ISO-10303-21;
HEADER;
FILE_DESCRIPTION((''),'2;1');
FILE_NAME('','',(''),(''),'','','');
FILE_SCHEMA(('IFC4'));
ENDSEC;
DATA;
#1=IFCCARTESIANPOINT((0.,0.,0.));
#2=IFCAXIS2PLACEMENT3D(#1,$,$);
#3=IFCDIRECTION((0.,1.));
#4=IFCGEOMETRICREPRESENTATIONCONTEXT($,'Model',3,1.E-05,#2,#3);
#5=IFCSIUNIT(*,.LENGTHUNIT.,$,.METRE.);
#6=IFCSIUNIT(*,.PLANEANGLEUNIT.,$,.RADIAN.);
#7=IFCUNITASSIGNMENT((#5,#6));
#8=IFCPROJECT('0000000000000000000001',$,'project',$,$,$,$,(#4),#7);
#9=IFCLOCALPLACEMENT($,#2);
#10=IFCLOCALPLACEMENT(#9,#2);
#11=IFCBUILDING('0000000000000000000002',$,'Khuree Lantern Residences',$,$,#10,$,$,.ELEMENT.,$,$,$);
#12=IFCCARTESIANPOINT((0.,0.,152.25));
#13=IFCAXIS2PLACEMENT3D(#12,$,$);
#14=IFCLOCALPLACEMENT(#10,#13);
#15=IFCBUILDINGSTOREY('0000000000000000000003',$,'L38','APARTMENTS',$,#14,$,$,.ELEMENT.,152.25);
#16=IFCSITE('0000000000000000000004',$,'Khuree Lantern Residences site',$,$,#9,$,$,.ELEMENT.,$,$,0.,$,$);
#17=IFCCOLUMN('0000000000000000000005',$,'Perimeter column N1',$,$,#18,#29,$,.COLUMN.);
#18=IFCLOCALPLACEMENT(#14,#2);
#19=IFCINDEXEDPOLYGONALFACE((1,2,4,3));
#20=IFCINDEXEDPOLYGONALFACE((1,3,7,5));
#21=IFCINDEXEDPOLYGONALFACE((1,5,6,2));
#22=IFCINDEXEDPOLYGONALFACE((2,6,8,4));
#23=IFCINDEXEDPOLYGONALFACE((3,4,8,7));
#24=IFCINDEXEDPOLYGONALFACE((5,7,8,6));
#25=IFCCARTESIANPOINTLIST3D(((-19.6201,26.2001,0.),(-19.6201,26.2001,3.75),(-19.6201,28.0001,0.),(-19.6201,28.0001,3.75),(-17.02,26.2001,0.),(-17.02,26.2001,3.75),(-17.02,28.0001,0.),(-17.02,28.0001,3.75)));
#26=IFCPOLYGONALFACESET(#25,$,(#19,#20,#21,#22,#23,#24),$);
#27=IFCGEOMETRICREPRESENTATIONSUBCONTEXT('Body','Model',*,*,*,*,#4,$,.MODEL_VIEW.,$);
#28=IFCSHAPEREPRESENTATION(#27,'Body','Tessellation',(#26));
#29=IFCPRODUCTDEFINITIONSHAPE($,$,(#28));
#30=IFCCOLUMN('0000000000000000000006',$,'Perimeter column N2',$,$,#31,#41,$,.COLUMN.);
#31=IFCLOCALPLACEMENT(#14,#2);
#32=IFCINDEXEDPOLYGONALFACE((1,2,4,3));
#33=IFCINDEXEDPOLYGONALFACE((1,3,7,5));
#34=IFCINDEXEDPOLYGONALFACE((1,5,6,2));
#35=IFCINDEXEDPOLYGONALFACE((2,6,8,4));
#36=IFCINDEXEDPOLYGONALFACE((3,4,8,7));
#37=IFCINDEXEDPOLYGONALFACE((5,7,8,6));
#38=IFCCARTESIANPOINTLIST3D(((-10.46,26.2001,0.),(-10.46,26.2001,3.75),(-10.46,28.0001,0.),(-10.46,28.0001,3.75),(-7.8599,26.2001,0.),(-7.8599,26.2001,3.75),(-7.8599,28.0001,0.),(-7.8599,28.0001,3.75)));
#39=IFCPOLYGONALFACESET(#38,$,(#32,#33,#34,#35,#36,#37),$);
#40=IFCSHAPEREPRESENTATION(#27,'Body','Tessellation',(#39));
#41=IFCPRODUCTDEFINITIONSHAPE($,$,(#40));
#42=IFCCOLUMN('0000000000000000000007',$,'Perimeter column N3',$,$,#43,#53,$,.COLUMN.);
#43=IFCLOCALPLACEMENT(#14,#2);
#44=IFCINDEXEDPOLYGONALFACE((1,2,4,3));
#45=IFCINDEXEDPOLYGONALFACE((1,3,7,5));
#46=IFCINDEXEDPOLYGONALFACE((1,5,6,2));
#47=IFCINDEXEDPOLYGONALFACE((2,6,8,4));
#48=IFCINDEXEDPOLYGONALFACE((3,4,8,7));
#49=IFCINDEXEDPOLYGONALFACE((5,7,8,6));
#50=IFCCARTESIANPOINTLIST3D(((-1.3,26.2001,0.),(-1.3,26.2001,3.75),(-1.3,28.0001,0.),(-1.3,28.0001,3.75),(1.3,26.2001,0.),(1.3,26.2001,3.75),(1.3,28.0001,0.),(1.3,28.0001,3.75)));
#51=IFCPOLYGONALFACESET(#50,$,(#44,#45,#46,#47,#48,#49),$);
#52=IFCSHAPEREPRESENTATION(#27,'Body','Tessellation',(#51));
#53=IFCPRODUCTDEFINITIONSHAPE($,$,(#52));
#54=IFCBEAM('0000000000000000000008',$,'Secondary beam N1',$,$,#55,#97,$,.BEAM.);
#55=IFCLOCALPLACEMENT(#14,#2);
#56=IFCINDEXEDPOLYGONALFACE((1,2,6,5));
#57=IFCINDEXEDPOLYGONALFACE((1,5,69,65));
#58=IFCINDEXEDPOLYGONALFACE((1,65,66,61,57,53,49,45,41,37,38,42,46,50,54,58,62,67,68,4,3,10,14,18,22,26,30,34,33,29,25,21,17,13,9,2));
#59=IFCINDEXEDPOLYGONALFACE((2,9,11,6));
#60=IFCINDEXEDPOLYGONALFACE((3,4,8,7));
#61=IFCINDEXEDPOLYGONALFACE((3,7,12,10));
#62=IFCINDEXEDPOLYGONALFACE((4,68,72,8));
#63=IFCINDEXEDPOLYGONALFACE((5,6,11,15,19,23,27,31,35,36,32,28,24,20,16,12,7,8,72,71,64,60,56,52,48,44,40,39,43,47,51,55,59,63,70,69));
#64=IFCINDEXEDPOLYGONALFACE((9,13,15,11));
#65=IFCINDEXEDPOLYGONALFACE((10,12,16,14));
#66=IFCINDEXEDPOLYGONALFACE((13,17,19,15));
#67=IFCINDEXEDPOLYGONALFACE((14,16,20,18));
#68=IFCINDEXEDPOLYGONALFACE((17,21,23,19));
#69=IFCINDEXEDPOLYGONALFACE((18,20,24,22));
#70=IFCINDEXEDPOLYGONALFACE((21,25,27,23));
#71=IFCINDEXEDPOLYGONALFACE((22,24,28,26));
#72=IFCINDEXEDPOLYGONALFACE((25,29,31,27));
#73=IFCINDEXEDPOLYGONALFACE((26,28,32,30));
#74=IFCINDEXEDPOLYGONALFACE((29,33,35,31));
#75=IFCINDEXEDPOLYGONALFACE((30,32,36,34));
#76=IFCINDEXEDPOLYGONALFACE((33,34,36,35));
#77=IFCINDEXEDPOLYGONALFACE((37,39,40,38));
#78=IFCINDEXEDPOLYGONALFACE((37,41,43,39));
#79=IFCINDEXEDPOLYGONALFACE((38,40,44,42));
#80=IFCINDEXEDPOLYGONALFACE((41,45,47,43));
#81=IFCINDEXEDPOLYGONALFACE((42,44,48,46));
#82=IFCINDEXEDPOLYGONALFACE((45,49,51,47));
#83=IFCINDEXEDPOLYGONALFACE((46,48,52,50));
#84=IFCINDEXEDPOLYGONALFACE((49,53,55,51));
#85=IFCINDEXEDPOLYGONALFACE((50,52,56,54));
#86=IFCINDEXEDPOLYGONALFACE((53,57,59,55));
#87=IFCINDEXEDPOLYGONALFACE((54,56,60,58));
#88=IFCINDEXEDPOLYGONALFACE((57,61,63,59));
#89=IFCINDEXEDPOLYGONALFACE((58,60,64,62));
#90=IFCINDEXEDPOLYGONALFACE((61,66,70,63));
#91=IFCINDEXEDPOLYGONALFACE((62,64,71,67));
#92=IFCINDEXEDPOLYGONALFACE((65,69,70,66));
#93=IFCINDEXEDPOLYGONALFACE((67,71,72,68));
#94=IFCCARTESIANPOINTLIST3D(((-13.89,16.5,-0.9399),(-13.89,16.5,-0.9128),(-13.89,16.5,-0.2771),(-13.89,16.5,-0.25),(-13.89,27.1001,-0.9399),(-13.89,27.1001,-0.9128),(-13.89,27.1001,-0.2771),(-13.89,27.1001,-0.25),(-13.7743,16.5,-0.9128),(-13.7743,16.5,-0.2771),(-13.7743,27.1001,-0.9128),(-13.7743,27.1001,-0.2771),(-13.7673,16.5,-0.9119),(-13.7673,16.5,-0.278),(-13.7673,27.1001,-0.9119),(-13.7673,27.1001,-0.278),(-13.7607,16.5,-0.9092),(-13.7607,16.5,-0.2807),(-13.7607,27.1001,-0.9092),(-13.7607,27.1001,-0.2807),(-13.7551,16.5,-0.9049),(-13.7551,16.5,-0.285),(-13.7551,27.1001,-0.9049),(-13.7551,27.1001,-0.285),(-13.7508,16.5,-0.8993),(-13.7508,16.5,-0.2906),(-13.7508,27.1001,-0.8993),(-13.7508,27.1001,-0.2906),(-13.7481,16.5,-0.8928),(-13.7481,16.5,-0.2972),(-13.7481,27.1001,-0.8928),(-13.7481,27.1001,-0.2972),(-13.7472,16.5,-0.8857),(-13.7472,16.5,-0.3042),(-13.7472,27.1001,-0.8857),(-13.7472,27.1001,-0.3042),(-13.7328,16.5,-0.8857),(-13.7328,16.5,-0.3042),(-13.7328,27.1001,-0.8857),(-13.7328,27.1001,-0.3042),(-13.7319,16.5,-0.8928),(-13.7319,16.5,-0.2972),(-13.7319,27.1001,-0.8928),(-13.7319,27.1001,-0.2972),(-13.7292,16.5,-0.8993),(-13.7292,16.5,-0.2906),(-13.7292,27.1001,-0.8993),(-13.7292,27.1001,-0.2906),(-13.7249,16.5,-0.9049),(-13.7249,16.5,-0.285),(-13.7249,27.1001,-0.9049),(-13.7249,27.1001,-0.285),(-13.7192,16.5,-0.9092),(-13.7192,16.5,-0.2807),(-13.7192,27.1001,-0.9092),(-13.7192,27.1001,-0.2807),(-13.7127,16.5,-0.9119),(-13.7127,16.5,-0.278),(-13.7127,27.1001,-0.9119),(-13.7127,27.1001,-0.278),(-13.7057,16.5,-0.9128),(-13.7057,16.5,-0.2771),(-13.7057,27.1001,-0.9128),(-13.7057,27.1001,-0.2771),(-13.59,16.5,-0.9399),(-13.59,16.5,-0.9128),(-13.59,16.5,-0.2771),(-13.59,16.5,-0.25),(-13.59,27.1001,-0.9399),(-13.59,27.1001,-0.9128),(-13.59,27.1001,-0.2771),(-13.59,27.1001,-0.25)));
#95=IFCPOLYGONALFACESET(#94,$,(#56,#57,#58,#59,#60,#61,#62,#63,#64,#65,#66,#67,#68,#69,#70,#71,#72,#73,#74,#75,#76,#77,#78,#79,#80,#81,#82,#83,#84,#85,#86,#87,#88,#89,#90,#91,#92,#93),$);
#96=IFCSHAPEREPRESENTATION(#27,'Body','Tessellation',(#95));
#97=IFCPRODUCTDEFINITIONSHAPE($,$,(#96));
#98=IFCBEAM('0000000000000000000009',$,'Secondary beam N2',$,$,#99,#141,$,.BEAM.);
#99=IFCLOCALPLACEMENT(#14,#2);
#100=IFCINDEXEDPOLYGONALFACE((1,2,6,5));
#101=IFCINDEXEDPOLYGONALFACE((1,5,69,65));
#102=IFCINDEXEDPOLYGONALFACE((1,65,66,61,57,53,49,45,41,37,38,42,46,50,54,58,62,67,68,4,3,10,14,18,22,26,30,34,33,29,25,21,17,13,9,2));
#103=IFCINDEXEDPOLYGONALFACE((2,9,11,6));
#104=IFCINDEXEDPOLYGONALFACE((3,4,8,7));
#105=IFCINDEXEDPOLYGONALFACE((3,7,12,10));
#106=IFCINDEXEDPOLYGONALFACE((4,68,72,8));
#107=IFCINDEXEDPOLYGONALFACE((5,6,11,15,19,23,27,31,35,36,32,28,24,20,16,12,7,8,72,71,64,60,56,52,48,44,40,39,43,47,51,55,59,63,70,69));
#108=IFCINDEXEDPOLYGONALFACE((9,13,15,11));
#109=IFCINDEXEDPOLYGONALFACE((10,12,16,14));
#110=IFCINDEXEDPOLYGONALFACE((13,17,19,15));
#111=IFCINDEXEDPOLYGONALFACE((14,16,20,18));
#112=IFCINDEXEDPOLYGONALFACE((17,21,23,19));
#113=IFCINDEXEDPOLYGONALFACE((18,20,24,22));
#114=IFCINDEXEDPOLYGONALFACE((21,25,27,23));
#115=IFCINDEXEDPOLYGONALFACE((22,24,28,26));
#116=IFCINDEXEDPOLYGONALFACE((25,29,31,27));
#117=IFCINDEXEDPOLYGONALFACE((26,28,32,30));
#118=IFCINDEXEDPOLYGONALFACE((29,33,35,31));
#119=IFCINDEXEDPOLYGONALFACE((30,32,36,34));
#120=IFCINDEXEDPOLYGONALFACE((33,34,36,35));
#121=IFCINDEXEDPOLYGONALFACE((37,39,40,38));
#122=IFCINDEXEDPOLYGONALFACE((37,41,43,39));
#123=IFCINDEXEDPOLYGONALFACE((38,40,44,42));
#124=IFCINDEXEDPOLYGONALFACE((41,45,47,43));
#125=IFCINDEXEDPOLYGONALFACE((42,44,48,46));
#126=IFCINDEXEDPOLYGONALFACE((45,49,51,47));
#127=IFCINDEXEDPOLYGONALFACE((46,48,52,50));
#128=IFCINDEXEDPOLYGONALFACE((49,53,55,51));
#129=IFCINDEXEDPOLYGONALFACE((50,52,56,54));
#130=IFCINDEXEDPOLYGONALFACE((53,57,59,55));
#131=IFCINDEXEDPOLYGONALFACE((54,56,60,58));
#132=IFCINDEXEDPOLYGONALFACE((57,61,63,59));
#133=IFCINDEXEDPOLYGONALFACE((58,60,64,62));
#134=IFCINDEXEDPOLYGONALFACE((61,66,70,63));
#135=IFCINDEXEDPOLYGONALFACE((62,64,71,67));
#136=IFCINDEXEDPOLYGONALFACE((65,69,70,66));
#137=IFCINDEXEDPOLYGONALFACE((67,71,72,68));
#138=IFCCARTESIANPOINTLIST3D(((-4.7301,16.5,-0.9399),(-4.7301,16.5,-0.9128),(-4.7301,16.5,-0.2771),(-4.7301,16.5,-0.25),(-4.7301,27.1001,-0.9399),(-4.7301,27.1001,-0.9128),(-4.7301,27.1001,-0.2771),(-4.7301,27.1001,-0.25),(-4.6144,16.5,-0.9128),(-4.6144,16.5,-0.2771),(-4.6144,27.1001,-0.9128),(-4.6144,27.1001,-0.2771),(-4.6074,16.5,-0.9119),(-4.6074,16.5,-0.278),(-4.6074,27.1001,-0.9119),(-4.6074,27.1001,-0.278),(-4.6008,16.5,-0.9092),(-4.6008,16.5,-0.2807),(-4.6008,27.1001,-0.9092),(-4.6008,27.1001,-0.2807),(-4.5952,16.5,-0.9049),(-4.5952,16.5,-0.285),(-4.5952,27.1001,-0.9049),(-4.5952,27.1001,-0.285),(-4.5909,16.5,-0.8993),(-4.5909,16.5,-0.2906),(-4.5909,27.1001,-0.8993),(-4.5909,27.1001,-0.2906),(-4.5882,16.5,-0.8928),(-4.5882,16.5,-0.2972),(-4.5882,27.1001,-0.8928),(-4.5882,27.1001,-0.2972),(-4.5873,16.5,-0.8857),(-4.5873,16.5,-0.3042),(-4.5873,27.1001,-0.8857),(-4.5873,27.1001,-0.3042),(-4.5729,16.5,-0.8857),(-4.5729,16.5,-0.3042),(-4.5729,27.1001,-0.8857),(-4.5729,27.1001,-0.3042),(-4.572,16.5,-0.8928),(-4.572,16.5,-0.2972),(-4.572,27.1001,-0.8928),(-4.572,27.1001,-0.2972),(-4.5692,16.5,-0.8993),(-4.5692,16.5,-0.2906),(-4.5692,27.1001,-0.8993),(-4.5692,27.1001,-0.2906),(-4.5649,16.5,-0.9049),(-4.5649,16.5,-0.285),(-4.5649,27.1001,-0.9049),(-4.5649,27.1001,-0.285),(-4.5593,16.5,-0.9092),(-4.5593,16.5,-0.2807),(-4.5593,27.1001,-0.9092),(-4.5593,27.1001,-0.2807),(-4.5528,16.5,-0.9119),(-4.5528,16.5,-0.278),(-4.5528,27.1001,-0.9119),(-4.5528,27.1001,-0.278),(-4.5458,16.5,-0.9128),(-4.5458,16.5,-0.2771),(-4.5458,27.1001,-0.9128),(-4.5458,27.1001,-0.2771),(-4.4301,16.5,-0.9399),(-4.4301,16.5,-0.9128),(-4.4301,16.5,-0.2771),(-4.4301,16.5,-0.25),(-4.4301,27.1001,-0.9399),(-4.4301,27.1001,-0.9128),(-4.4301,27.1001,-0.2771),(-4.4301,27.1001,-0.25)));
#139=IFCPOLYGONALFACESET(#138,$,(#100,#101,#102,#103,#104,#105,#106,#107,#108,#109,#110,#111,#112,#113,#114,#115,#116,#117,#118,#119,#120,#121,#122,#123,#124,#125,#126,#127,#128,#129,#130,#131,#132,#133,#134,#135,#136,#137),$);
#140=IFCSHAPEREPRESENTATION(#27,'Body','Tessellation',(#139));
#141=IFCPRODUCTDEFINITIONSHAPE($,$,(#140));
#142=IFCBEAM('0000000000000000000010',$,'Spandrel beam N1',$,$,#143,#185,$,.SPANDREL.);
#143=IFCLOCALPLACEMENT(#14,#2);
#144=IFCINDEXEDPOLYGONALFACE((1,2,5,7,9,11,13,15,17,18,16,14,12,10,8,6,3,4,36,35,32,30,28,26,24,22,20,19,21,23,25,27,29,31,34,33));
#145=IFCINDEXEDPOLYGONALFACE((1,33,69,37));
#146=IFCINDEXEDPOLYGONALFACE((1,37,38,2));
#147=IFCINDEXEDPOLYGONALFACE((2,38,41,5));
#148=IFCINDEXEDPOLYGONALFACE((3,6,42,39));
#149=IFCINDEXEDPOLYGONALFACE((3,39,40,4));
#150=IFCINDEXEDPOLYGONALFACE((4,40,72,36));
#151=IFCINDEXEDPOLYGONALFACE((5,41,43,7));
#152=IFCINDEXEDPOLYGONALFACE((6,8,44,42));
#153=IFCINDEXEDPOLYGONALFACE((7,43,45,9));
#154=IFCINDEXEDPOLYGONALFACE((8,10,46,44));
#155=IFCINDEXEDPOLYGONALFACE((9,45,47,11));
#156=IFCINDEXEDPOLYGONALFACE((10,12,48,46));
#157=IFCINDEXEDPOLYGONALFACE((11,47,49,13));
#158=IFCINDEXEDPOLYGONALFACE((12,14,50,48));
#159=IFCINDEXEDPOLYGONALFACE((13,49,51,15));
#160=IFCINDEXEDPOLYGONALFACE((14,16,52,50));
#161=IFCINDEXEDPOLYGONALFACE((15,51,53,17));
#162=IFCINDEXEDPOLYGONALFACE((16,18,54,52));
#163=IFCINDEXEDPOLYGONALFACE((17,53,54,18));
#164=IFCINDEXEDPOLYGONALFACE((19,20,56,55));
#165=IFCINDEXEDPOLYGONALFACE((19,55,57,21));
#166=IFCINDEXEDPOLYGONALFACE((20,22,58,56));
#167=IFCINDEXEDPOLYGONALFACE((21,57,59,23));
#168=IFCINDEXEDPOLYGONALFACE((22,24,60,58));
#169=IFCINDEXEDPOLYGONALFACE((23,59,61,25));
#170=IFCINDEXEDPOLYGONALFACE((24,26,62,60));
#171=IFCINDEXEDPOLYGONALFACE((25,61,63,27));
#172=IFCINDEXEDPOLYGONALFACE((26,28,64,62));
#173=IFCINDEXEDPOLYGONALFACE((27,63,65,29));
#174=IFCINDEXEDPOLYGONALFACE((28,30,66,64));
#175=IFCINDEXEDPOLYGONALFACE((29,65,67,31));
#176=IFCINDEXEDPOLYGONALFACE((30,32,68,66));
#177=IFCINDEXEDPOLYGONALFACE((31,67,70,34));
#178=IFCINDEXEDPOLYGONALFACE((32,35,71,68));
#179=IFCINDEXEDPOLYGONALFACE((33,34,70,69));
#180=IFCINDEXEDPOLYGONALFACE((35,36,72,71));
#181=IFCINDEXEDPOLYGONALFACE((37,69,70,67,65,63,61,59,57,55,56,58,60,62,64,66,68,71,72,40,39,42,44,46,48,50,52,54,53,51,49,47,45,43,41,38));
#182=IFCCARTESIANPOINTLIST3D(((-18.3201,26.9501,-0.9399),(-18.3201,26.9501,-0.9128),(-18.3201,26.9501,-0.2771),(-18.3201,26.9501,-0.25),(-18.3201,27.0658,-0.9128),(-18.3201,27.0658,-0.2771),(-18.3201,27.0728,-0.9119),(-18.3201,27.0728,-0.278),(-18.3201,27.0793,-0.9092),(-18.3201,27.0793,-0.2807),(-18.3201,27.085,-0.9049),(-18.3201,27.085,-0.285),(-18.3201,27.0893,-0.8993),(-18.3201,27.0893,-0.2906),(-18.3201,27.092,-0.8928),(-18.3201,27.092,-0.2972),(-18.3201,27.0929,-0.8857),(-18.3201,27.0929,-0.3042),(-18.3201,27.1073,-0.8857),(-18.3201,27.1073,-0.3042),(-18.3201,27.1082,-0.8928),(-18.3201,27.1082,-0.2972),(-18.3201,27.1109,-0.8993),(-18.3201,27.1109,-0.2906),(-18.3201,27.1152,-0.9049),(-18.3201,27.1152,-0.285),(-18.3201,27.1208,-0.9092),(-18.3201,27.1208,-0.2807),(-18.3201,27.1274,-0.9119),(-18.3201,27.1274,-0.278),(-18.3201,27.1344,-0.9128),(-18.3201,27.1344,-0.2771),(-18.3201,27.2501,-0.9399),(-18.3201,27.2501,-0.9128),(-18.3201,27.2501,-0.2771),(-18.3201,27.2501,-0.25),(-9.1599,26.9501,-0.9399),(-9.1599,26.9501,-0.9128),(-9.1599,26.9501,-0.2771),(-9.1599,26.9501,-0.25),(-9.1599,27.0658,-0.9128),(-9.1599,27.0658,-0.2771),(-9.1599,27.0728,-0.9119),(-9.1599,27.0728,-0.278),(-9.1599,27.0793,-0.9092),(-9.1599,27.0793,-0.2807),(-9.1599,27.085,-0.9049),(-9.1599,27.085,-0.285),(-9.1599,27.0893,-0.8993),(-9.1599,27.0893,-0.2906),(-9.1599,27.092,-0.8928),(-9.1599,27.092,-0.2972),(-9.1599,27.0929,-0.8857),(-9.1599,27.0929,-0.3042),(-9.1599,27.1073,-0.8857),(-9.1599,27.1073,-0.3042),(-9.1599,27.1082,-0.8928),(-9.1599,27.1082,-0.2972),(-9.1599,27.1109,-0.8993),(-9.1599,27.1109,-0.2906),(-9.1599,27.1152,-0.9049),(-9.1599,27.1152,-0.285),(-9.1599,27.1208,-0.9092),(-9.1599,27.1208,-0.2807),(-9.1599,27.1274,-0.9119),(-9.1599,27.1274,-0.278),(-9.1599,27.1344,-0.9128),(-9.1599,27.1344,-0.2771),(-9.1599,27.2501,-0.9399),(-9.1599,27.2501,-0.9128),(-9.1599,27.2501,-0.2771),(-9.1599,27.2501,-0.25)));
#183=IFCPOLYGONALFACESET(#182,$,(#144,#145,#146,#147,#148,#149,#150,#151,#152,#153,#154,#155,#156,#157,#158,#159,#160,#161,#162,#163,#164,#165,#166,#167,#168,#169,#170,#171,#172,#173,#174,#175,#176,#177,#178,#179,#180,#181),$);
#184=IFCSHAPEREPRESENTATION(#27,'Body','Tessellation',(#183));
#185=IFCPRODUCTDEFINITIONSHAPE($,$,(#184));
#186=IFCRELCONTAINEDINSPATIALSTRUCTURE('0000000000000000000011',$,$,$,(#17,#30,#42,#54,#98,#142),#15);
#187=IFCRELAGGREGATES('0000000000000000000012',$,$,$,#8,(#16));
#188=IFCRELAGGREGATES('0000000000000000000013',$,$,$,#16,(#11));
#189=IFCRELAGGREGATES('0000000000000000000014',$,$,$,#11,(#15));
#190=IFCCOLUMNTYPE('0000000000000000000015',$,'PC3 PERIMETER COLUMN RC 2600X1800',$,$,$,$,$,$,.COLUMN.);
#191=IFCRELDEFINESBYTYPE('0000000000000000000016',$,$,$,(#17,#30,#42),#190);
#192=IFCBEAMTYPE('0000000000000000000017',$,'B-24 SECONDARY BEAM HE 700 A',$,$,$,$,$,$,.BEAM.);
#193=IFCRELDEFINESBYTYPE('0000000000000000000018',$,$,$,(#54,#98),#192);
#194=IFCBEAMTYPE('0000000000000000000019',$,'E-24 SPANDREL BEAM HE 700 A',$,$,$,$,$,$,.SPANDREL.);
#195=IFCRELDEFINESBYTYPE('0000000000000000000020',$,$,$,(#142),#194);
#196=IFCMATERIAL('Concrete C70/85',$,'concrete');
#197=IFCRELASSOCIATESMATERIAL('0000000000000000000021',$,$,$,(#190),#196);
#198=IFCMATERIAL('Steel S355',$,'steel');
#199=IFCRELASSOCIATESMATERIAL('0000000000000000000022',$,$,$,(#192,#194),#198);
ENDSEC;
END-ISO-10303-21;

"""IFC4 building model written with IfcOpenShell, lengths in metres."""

from ifc_helpers import new_model, si_unit, direction, frame, origin, origin_2d, place, context, subcontext, project, spatial, rectangle, i_section, extrude, material, material_profile, profile_set, type_object, element, save


model = new_model("IFC4")

# Units and contexts
model_context = context("Model", 3, precision=1e-05, world=origin(), true_north=direction((0.0, 1.0)))
body_context = subcontext(model_context, "Body", "Model", "MODEL_VIEW")
ifc_project = project(units=[si_unit("LENGTHUNIT", "METRE"), si_unit("PLANEANGLEUNIT", "RADIAN")], contexts=[model_context])

# Site, building, storey
site_placement = place(None, origin())
site = spatial("IfcSite", under=ifc_project, at=site_placement, Name="Khuree Lantern Residences site", CompositionType="ELEMENT", RefElevation=0.0)
building_placement = place(site_placement, origin())
building = spatial("IfcBuilding", under=site, at=building_placement, Name="Khuree Lantern Residences", CompositionType="ELEMENT")
storey_placement = place(building_placement, frame((0.0, 0.0, 152.25)))
storey = spatial("IfcBuildingStorey", under=building, at=storey_placement, Name="L38", Description="APARTMENTS", CompositionType="ELEMENT", Elevation=152.25)

# Columns
ifc_material_1 = material(Name="Concrete C70/85", Category="concrete")
ifc_material_profile_1 = material_profile(ifc_material_1, rectangle(XDim=2.6001, YDim=1.8, at=origin_2d()), Name="RC 2600X1800")
ifc_profile_set_1 = profile_set([ifc_material_profile_1], Name="Concrete C70/85")
column_type = type_object("IfcColumnType", Name="PC3 PERIMETER COLUMN RC 2600X1800", PredefinedType="COLUMN", material=ifc_profile_set_1)
for number, where, z_axis, x_axis, name in (
    (1, (-18.3201, 27.1001, 0.0), (0.0, 0.0, 1.0), (1.0, 0.0, 0.0), "Perimeter column N1"),
    (2, (-9.1599, 27.1001, 0.0), (0.0, 0.0, 1.0), (1.0, 0.0, 0.0), "Perimeter column N2"),
    (3, (0.0, 27.1001, 0.0), (0.0, 0.0, 1.0), (1.0, 0.0, 0.0), "Perimeter column N3"),
):
    element("IfcColumn", number, at=place(storey_placement, frame(where, z_axis=z_axis, x_axis=x_axis)), inside=storey, type_object=column_type, Name=name, PredefinedType="COLUMN", context=body_context, shape_type="SweptSolid", body=[
        extrude(rectangle(XDim=2.6001, YDim=1.8, at=origin_2d()), origin(), (0.0, 0.0, 1.0), 3.75),
    ])

# Beams
ifc_material_2 = material(Name="Steel S355", Category="steel")
ifc_material_profile_2 = material_profile(ifc_material_2, i_section(OverallWidth=0.3, OverallDepth=0.6899, WebThickness=0.0144, FlangeThickness=0.0271, FilletRadius=0.0271, at=origin_2d()), Name="HE 700 A")
ifc_profile_set_2 = profile_set([ifc_material_profile_2], Name="Steel S355")
beam_type_1 = type_object("IfcBeamType", Name="B-24 SECONDARY BEAM HE 700 A", PredefinedType="BEAM", material=ifc_profile_set_2)
for number, where, z_axis, x_axis, name in (
    (4, (-13.74, 27.1001, -0.595), (0.0, -1.0, 0.0), (1.0, 0.0, 0.0), "Secondary beam N1"),
    (5, (-4.5801, 27.1001, -0.595), (0.0, -1.0, 0.0), (1.0, 0.0, 0.0), "Secondary beam N2"),
):
    element("IfcBeam", number, at=place(storey_placement, frame(where, z_axis=z_axis, x_axis=x_axis)), inside=storey, type_object=beam_type_1, Name=name, PredefinedType="BEAM", context=body_context, shape_type="SweptSolid", body=[
        extrude(i_section(OverallWidth=0.3, OverallDepth=0.6899, WebThickness=0.0144, FlangeThickness=0.0271, FilletRadius=0.0271, at=origin_2d()), origin(), (0.0, 0.0, 1.0), 10.6001),
    ])
ifc_material_profile_3 = material_profile(ifc_material_2, i_section(OverallWidth=0.3, OverallDepth=0.6899, WebThickness=0.0144, FlangeThickness=0.0271, FilletRadius=0.0271, at=origin_2d()), Name="HE 700 A")
ifc_profile_set_3 = profile_set([ifc_material_profile_3], Name="Steel S355")
beam_type_2 = type_object("IfcBeamType", Name="E-24 SPANDREL BEAM HE 700 A", PredefinedType="SPANDREL", material=ifc_profile_set_3)
beam_1_placement = place(storey_placement, frame((-18.3201, 27.1001, -0.595), z_axis=(1.0, 0.0, 0.0), x_axis=(0.0, 1.0, 0.0)))
element("IfcBeam", 6, at=beam_1_placement, inside=storey, type_object=beam_type_2, Name="Spandrel beam N1", PredefinedType="SPANDREL", context=body_context, shape_type="SweptSolid", body=[
    extrude(i_section(OverallWidth=0.3, OverallDepth=0.6899, WebThickness=0.0144, FlangeThickness=0.0271, FilletRadius=0.0271, at=origin_2d()), origin(), (0.0, 0.0, 1.0), 9.1602),
])

save(model, "model.ifc")
